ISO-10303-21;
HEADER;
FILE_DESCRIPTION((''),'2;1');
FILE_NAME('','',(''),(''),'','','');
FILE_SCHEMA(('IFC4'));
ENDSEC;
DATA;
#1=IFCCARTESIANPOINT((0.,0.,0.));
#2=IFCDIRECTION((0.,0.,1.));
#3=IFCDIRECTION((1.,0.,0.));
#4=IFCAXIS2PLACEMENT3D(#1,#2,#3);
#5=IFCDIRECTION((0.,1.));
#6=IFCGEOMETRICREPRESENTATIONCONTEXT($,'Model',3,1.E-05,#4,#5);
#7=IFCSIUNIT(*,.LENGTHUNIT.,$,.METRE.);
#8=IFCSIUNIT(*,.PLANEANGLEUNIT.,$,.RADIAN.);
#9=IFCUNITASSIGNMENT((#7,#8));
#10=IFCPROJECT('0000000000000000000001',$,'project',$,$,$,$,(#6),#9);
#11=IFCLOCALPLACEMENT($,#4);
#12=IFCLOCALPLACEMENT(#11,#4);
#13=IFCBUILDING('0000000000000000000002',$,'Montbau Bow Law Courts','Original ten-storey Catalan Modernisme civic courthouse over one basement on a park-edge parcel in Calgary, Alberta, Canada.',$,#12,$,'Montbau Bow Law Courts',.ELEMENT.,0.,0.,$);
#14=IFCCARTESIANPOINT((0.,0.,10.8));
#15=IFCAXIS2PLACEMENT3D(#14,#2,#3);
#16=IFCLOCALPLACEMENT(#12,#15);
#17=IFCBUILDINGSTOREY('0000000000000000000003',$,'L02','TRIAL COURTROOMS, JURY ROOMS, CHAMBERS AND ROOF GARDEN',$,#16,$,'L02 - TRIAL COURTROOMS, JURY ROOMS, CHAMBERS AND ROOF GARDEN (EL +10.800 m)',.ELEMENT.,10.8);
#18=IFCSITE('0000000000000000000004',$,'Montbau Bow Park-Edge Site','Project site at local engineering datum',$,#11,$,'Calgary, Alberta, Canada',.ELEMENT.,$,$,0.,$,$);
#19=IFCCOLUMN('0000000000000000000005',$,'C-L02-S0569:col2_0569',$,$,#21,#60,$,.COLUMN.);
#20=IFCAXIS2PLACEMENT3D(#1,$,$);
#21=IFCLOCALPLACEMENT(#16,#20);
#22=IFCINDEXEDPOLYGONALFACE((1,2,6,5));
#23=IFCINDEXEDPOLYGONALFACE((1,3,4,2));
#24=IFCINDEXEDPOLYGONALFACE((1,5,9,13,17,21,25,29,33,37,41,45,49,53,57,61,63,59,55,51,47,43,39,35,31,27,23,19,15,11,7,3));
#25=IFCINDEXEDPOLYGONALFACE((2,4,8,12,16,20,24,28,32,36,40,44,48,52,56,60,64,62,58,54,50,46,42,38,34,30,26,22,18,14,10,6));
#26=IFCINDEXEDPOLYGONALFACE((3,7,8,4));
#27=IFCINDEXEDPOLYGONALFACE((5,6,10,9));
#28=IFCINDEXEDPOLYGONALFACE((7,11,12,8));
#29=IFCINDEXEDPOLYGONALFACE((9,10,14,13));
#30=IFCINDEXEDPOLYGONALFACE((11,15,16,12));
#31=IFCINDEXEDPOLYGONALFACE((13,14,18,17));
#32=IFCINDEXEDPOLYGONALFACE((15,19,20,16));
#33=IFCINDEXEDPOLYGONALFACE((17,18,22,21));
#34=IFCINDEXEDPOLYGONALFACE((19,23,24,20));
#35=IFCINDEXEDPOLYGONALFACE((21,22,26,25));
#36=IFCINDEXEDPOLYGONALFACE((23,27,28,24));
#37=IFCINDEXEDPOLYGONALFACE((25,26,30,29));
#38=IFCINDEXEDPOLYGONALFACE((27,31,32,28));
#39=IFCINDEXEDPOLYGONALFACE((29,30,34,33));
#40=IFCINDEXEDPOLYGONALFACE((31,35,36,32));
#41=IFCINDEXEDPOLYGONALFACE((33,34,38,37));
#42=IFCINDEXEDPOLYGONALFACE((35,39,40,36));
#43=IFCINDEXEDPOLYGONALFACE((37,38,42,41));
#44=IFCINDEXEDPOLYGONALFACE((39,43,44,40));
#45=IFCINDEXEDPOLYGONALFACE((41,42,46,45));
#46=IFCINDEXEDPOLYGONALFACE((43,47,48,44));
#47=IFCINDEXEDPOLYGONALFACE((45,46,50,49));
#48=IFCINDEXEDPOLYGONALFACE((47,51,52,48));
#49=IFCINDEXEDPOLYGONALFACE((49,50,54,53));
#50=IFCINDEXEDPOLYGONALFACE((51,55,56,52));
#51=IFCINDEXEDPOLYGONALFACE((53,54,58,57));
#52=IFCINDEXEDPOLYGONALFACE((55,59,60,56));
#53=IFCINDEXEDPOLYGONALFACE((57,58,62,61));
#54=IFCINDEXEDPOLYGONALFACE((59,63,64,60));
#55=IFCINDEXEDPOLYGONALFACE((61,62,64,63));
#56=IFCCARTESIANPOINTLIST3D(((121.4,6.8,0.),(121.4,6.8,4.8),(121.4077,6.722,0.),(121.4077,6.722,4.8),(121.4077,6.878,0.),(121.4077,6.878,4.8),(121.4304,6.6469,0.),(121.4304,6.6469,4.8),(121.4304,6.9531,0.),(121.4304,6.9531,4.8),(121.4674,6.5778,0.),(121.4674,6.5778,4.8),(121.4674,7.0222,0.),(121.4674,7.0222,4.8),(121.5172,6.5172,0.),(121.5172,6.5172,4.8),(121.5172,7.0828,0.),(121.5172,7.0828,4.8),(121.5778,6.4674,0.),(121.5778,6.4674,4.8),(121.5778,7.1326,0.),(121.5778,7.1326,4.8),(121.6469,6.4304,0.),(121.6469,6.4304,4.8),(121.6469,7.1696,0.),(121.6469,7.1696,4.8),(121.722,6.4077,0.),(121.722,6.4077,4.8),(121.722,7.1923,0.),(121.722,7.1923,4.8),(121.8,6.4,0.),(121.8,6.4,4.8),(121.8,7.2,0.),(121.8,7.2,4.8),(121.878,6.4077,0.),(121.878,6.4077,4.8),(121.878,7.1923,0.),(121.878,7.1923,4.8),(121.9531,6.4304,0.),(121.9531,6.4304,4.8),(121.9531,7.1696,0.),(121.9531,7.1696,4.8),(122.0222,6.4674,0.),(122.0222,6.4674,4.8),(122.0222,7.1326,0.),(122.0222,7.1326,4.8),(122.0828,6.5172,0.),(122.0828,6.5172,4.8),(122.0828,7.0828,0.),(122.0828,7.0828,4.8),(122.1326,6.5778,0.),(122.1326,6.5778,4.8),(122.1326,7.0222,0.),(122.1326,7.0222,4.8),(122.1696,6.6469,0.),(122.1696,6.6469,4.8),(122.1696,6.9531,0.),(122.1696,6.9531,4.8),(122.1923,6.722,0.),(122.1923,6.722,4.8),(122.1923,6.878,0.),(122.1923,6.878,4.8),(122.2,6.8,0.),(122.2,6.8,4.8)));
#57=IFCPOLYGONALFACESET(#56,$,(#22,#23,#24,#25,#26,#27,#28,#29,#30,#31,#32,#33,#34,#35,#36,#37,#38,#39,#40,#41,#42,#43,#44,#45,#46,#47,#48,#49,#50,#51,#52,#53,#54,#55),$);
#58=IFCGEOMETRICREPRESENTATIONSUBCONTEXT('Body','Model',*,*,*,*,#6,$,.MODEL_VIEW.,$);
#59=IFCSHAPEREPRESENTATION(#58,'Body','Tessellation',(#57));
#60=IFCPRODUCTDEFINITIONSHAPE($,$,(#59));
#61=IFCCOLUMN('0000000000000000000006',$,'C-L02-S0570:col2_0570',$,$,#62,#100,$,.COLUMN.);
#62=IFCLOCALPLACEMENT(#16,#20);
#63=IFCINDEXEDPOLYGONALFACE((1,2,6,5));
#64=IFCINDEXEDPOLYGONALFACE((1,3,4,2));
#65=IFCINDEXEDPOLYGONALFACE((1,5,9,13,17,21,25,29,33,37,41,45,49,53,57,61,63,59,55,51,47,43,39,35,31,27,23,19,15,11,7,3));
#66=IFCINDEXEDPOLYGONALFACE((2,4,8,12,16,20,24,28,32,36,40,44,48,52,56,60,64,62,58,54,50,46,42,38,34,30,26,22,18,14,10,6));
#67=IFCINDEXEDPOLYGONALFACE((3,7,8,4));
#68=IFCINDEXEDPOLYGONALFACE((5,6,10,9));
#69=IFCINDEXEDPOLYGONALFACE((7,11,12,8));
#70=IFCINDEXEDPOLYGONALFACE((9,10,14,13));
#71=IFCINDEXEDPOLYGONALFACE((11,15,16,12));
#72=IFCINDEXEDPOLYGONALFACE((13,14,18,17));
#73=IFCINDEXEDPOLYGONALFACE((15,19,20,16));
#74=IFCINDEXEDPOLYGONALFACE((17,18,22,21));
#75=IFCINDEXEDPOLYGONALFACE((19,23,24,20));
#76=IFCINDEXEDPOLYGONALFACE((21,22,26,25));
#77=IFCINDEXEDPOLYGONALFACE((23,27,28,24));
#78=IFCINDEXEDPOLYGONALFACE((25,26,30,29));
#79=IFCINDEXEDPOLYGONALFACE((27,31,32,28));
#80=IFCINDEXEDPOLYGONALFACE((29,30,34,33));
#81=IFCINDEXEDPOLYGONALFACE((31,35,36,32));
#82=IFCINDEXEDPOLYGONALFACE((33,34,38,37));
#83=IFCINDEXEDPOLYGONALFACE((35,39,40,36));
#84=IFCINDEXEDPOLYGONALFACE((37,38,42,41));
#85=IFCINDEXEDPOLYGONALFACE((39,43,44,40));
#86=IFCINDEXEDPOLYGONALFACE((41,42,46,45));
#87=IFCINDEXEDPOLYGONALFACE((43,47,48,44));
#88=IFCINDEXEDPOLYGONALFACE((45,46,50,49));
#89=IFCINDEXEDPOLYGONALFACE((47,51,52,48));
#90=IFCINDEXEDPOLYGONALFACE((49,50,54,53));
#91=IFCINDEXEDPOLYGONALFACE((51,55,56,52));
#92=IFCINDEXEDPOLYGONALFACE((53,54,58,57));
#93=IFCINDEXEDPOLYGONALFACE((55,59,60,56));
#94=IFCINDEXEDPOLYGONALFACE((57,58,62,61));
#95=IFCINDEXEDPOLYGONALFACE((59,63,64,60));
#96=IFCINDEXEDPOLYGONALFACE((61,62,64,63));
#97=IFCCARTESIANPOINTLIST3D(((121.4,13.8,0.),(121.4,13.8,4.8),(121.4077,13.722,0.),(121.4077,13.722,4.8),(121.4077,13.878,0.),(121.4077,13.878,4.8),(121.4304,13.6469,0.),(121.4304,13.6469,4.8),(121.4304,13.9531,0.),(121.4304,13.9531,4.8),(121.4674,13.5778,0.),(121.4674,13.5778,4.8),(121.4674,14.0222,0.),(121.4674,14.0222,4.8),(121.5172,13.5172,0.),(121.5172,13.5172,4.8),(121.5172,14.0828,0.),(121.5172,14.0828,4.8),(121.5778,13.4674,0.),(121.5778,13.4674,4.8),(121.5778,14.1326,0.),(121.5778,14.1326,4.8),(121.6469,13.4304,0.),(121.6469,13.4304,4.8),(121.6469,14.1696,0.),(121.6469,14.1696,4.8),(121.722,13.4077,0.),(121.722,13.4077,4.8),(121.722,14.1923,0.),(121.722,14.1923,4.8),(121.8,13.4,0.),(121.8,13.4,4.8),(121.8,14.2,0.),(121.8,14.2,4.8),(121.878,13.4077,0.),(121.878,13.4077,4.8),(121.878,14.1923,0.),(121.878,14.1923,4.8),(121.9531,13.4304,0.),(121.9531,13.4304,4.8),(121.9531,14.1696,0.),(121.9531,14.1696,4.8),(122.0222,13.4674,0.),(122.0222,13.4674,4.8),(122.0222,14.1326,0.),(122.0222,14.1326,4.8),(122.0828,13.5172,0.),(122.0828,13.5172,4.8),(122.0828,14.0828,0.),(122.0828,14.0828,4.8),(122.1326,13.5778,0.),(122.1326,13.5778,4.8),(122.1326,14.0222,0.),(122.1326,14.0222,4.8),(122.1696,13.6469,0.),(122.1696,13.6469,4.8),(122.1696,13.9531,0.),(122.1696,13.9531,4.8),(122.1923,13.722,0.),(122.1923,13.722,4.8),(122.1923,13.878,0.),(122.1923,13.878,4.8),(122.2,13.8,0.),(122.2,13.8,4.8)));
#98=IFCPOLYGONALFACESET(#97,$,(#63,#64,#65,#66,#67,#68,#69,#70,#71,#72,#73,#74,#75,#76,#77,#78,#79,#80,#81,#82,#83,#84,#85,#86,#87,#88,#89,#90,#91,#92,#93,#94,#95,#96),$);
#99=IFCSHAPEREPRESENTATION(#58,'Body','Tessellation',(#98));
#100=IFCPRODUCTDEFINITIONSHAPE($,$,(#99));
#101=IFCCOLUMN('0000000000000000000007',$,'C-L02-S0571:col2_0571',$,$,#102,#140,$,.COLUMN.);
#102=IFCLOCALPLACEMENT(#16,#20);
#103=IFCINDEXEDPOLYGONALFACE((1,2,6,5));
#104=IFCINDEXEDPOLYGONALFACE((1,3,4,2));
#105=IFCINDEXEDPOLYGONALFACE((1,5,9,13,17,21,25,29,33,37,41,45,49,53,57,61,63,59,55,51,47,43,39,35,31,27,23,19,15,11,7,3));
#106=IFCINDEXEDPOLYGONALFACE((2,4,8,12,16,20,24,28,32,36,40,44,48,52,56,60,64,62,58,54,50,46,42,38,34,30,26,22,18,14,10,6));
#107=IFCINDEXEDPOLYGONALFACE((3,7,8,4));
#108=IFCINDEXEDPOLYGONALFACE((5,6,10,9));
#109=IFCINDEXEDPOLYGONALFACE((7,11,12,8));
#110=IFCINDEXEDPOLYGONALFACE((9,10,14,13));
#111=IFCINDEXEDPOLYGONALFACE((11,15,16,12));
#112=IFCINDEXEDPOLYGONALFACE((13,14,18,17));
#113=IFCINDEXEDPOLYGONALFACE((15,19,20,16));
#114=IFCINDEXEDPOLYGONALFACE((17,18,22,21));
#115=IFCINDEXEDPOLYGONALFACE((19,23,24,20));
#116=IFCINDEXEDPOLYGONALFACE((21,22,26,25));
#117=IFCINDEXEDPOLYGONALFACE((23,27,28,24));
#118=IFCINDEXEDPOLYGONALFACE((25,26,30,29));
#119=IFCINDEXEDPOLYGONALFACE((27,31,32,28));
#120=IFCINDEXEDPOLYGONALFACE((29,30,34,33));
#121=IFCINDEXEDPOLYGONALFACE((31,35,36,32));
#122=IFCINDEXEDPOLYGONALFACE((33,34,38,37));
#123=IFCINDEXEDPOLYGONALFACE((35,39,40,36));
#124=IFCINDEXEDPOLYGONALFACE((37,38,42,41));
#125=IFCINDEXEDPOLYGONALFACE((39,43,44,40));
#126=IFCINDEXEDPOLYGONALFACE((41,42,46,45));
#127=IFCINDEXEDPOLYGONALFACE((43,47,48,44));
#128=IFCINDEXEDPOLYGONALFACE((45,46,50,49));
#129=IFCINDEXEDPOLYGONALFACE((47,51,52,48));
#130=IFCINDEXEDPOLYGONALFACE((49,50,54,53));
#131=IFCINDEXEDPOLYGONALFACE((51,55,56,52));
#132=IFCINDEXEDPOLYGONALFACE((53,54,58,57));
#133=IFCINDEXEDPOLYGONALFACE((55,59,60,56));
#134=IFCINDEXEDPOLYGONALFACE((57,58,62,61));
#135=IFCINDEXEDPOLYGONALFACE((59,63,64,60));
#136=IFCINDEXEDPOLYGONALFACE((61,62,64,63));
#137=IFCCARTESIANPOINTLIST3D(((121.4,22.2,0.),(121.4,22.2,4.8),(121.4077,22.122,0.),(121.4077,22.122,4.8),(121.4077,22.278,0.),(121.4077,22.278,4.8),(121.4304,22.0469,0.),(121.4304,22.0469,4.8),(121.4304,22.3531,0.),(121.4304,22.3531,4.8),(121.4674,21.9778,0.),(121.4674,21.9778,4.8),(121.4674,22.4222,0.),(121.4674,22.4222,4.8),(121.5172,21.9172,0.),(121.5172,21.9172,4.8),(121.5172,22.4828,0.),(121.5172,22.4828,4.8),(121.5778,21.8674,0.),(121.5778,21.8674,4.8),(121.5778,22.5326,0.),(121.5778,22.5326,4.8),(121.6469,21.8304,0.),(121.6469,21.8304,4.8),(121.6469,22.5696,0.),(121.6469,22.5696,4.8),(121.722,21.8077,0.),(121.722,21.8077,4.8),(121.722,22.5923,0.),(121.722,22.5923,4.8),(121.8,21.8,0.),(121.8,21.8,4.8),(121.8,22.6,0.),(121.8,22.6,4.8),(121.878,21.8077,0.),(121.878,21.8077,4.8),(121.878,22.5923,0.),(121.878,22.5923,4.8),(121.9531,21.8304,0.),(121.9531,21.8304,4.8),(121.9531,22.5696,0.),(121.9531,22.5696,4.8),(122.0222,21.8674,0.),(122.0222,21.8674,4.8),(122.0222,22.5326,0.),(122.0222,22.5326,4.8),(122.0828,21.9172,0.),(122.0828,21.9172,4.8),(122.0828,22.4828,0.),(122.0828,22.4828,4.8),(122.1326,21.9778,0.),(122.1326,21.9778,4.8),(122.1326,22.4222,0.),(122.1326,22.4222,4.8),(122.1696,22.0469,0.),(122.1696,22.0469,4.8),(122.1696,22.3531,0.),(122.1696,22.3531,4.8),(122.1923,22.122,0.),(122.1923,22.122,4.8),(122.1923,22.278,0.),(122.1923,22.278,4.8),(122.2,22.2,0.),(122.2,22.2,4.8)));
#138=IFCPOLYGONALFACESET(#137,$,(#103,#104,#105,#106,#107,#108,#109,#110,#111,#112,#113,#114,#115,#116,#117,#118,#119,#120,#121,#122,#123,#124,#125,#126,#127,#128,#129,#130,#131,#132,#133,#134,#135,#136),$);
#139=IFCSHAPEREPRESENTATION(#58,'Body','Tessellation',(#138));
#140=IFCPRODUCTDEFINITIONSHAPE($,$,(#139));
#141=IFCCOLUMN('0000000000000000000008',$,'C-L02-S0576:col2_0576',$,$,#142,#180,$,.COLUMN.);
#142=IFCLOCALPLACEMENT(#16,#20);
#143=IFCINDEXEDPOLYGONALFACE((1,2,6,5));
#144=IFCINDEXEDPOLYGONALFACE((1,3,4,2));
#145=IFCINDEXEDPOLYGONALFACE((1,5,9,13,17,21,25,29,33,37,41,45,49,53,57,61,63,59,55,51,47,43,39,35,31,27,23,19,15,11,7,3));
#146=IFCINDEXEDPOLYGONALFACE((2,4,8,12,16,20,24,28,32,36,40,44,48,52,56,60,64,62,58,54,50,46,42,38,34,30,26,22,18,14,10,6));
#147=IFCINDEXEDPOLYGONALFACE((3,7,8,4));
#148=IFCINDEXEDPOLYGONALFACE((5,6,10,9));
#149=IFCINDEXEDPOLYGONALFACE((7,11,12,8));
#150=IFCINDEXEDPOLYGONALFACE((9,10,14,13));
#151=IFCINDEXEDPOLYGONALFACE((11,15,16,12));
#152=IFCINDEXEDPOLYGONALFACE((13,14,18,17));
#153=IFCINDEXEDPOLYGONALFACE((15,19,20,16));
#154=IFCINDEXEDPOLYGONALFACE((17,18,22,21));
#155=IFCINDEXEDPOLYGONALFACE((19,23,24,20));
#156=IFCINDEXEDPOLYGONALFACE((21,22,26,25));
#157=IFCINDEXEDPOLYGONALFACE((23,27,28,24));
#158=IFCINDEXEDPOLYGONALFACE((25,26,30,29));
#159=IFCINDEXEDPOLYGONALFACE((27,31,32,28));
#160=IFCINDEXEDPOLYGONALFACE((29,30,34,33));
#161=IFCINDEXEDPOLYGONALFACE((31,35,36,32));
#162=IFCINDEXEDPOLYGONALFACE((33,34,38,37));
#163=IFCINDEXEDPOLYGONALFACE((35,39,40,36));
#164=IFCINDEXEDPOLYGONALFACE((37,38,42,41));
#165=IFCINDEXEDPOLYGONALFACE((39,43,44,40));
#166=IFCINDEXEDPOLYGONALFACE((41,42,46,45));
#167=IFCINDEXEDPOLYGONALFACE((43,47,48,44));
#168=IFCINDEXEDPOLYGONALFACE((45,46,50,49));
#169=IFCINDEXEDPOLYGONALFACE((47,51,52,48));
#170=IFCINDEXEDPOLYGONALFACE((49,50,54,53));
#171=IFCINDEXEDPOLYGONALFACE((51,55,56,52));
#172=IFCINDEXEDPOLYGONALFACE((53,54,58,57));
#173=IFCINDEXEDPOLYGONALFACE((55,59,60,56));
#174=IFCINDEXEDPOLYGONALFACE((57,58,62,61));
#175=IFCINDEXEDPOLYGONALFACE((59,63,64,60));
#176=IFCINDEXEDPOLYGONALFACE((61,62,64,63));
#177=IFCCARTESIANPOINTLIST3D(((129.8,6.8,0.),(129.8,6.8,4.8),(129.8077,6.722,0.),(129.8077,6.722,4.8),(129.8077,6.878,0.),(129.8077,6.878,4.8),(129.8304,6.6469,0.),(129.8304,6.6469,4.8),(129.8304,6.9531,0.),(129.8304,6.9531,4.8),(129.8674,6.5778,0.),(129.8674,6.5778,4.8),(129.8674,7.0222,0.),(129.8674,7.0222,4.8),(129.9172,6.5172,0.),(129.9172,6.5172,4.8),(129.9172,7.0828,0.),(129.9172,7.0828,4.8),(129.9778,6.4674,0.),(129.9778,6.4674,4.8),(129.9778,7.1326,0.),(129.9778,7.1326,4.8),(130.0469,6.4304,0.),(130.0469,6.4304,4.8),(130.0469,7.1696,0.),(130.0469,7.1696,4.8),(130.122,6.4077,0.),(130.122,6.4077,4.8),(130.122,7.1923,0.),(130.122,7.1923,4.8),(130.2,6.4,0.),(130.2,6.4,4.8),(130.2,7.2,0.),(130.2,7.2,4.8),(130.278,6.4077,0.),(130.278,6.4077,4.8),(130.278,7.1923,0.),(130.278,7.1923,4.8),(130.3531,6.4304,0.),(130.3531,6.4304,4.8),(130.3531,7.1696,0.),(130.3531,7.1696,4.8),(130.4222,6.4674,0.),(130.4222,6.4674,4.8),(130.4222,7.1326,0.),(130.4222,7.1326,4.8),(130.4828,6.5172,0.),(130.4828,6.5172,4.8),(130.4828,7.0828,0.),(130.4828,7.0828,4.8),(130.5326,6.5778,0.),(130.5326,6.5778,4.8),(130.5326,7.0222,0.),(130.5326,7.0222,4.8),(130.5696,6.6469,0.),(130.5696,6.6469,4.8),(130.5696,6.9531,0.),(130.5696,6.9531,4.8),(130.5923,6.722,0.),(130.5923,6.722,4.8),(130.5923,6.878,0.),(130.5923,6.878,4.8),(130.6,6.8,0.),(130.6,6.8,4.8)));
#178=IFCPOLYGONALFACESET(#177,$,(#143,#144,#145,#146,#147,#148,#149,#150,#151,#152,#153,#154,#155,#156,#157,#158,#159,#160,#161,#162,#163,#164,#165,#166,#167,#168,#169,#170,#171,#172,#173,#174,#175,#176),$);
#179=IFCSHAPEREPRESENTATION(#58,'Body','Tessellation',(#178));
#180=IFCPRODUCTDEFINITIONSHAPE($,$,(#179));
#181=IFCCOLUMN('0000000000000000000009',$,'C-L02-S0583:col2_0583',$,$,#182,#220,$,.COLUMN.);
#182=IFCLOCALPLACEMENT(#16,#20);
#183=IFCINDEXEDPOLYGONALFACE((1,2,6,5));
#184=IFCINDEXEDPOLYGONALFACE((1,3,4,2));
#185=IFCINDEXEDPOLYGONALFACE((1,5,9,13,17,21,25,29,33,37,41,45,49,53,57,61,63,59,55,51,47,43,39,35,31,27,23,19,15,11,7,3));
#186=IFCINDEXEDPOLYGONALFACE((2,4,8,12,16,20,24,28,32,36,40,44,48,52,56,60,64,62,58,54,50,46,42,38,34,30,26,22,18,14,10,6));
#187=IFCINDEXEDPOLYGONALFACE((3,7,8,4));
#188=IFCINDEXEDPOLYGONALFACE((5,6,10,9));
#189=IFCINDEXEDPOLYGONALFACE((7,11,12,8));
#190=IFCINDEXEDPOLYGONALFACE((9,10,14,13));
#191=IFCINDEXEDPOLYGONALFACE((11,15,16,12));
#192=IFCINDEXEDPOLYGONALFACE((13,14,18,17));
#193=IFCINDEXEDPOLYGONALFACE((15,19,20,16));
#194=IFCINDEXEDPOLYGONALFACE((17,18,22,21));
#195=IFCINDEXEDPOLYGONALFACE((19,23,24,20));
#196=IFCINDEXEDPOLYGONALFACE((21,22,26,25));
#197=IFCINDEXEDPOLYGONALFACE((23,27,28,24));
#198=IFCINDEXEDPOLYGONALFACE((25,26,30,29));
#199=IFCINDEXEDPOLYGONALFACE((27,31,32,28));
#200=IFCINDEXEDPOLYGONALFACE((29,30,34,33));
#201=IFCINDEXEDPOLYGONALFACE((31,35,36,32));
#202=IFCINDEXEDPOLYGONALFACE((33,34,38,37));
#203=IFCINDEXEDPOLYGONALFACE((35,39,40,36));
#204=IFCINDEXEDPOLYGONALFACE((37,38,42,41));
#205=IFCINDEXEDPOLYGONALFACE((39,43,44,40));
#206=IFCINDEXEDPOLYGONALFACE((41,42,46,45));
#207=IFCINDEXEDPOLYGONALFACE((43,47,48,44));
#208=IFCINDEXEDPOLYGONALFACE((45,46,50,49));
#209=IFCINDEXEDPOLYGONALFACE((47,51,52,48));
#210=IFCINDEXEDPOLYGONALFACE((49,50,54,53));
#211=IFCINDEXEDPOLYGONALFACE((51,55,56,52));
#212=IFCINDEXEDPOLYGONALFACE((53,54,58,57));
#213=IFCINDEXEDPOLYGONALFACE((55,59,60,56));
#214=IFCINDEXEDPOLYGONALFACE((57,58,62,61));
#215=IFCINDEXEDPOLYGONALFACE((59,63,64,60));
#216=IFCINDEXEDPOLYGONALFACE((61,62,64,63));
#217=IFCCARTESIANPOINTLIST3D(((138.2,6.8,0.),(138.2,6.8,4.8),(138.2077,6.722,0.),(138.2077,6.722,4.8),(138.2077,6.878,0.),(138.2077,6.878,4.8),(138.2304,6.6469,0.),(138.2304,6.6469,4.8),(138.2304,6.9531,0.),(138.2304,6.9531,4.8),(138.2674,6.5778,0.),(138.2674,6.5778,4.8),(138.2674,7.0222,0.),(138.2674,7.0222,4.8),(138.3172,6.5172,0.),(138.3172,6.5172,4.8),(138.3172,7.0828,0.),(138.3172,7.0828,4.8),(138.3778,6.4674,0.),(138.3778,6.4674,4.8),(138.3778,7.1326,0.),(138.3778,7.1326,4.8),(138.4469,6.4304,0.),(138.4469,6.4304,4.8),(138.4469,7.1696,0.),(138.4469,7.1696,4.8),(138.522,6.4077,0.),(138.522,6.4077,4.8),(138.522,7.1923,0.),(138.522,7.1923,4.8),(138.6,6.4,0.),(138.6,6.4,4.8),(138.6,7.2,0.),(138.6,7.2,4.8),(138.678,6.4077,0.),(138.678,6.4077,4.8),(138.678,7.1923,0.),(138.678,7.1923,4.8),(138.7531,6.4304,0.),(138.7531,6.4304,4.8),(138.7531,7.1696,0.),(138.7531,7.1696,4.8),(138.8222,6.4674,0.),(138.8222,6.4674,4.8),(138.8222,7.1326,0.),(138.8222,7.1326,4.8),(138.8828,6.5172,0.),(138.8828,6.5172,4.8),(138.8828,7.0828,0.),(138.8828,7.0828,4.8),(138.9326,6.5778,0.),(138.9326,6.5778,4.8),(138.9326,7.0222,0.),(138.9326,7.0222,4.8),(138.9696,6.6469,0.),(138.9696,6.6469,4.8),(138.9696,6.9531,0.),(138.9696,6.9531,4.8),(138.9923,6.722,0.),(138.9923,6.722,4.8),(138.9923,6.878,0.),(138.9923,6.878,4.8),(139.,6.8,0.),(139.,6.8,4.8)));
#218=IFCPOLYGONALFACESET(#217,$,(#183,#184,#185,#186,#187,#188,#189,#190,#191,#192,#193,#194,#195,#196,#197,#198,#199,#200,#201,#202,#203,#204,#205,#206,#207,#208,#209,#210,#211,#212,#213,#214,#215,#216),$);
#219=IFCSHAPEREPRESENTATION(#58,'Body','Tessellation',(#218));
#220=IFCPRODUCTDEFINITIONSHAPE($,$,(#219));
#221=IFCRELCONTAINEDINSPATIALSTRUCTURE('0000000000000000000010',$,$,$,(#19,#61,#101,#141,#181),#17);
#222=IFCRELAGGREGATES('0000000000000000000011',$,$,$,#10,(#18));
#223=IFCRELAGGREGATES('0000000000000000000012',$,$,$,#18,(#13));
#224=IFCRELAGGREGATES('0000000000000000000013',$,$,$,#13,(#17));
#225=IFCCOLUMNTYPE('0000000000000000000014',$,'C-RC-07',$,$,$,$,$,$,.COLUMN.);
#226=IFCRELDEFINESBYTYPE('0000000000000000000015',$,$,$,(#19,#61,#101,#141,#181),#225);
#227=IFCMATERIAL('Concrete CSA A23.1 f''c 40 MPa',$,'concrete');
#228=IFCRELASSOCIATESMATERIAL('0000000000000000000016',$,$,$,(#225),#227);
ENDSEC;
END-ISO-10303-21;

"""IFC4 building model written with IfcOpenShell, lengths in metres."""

from ifc_helpers import new_model, si_unit, direction, frame, origin_with_axes, origin_2d_with_axis, place, context, subcontext, project, spatial, circle, extrude, material, material_profile, profile_set, type_object, element, save


model = new_model("IFC4")

# Units and contexts
model_context = context("Model", 3, precision=1e-05, world=origin_with_axes(), true_north=direction((0.0, 1.0)))
body_context = subcontext(model_context, "Body", "Model", "MODEL_VIEW")
ifc_project = project(units=[si_unit("LENGTHUNIT", "METRE"), si_unit("PLANEANGLEUNIT", "RADIAN")], contexts=[model_context])

# Site, building, storey
site_placement = place(None, origin_with_axes())
site = spatial("IfcSite", under=ifc_project, at=site_placement, Name="Montbau Bow Park-Edge Site", Description="Project site at local engineering datum", LongName="Calgary, Alberta, Canada", CompositionType="ELEMENT", RefElevation=0.0)
building_placement = place(site_placement, origin_with_axes())
building = spatial("IfcBuilding", under=site, at=building_placement, Name="Montbau Bow Law Courts", Description="Original ten-storey Catalan Modernisme civic courthouse over one basement on a park-edge parcel in Calgary, Alberta, Canada.", LongName="Montbau Bow Law Courts", CompositionType="ELEMENT", ElevationOfRefHeight=0.0, ElevationOfTerrain=0.0)
storey_placement = place(building_placement, frame((0.0, 0.0, 10.8), z_axis=(0.0, 0.0, 1.0), x_axis=(1.0, 0.0, 0.0)))
storey = spatial("IfcBuildingStorey", under=building, at=storey_placement, Name="L02", Description="TRIAL COURTROOMS, JURY ROOMS, CHAMBERS AND ROOF GARDEN", LongName="L02 - TRIAL COURTROOMS, JURY ROOMS, CHAMBERS AND ROOF GARDEN (EL +10.800 m)", CompositionType="ELEMENT", Elevation=10.8)

# Columns
ifc_material_1 = material(Name="Concrete CSA A23.1 f'c 40 MPa", Category="concrete")
ifc_material_profile_1 = material_profile(ifc_material_1, circle(Radius=0.4, at=origin_2d_with_axis()), Name="RC800D", Category="Main", Priority=0)
ifc_profile_set_1 = profile_set([ifc_material_profile_1], Name="Concrete CSA A23.1 f'c 40 MPa")
column_type_1 = type_object("IfcColumnType", Name="C-RC-07", PredefinedType="COLUMN", material=ifc_profile_set_1)
for number, where, z_axis, x_axis, name in (
    (1, (121.8, 6.8, 10.8), (0.0, 0.0, 1.0), (1.0, 0.0, 0.0), "C-L02-S0569:col2_0569"),
    (2, (121.8, 13.8, 10.8), (0.0, 0.0, 1.0), (1.0, 0.0, 0.0), "C-L02-S0570:col2_0570"),
    (3, (121.8, 22.2, 10.8), (0.0, 0.0, 1.0), (1.0, 0.0, 0.0), "C-L02-S0571:col2_0571"),
    (4, (130.2, 6.8, 10.8), (0.0, 0.0, 1.0), (1.0, 0.0, 0.0), "C-L02-S0576:col2_0576"),
    (5, (138.6, 6.8, 10.8), (0.0, 0.0, 1.0), (1.0, 0.0, 0.0), "C-L02-S0583:col2_0583"),
):
    element("IfcColumn", number, at=place(None, frame(where, z_axis=z_axis, x_axis=x_axis)), inside=storey, type_object=column_type_1, Name=name, PredefinedType="COLUMN", context=body_context, shape_type="SweptSolid", body=[
        extrude(circle(Radius=0.4, at=origin_2d_with_axis()), origin_with_axes(), (0.0, 0.0, 1.0), 4.8),
    ])

save(model, "model.ifc")
